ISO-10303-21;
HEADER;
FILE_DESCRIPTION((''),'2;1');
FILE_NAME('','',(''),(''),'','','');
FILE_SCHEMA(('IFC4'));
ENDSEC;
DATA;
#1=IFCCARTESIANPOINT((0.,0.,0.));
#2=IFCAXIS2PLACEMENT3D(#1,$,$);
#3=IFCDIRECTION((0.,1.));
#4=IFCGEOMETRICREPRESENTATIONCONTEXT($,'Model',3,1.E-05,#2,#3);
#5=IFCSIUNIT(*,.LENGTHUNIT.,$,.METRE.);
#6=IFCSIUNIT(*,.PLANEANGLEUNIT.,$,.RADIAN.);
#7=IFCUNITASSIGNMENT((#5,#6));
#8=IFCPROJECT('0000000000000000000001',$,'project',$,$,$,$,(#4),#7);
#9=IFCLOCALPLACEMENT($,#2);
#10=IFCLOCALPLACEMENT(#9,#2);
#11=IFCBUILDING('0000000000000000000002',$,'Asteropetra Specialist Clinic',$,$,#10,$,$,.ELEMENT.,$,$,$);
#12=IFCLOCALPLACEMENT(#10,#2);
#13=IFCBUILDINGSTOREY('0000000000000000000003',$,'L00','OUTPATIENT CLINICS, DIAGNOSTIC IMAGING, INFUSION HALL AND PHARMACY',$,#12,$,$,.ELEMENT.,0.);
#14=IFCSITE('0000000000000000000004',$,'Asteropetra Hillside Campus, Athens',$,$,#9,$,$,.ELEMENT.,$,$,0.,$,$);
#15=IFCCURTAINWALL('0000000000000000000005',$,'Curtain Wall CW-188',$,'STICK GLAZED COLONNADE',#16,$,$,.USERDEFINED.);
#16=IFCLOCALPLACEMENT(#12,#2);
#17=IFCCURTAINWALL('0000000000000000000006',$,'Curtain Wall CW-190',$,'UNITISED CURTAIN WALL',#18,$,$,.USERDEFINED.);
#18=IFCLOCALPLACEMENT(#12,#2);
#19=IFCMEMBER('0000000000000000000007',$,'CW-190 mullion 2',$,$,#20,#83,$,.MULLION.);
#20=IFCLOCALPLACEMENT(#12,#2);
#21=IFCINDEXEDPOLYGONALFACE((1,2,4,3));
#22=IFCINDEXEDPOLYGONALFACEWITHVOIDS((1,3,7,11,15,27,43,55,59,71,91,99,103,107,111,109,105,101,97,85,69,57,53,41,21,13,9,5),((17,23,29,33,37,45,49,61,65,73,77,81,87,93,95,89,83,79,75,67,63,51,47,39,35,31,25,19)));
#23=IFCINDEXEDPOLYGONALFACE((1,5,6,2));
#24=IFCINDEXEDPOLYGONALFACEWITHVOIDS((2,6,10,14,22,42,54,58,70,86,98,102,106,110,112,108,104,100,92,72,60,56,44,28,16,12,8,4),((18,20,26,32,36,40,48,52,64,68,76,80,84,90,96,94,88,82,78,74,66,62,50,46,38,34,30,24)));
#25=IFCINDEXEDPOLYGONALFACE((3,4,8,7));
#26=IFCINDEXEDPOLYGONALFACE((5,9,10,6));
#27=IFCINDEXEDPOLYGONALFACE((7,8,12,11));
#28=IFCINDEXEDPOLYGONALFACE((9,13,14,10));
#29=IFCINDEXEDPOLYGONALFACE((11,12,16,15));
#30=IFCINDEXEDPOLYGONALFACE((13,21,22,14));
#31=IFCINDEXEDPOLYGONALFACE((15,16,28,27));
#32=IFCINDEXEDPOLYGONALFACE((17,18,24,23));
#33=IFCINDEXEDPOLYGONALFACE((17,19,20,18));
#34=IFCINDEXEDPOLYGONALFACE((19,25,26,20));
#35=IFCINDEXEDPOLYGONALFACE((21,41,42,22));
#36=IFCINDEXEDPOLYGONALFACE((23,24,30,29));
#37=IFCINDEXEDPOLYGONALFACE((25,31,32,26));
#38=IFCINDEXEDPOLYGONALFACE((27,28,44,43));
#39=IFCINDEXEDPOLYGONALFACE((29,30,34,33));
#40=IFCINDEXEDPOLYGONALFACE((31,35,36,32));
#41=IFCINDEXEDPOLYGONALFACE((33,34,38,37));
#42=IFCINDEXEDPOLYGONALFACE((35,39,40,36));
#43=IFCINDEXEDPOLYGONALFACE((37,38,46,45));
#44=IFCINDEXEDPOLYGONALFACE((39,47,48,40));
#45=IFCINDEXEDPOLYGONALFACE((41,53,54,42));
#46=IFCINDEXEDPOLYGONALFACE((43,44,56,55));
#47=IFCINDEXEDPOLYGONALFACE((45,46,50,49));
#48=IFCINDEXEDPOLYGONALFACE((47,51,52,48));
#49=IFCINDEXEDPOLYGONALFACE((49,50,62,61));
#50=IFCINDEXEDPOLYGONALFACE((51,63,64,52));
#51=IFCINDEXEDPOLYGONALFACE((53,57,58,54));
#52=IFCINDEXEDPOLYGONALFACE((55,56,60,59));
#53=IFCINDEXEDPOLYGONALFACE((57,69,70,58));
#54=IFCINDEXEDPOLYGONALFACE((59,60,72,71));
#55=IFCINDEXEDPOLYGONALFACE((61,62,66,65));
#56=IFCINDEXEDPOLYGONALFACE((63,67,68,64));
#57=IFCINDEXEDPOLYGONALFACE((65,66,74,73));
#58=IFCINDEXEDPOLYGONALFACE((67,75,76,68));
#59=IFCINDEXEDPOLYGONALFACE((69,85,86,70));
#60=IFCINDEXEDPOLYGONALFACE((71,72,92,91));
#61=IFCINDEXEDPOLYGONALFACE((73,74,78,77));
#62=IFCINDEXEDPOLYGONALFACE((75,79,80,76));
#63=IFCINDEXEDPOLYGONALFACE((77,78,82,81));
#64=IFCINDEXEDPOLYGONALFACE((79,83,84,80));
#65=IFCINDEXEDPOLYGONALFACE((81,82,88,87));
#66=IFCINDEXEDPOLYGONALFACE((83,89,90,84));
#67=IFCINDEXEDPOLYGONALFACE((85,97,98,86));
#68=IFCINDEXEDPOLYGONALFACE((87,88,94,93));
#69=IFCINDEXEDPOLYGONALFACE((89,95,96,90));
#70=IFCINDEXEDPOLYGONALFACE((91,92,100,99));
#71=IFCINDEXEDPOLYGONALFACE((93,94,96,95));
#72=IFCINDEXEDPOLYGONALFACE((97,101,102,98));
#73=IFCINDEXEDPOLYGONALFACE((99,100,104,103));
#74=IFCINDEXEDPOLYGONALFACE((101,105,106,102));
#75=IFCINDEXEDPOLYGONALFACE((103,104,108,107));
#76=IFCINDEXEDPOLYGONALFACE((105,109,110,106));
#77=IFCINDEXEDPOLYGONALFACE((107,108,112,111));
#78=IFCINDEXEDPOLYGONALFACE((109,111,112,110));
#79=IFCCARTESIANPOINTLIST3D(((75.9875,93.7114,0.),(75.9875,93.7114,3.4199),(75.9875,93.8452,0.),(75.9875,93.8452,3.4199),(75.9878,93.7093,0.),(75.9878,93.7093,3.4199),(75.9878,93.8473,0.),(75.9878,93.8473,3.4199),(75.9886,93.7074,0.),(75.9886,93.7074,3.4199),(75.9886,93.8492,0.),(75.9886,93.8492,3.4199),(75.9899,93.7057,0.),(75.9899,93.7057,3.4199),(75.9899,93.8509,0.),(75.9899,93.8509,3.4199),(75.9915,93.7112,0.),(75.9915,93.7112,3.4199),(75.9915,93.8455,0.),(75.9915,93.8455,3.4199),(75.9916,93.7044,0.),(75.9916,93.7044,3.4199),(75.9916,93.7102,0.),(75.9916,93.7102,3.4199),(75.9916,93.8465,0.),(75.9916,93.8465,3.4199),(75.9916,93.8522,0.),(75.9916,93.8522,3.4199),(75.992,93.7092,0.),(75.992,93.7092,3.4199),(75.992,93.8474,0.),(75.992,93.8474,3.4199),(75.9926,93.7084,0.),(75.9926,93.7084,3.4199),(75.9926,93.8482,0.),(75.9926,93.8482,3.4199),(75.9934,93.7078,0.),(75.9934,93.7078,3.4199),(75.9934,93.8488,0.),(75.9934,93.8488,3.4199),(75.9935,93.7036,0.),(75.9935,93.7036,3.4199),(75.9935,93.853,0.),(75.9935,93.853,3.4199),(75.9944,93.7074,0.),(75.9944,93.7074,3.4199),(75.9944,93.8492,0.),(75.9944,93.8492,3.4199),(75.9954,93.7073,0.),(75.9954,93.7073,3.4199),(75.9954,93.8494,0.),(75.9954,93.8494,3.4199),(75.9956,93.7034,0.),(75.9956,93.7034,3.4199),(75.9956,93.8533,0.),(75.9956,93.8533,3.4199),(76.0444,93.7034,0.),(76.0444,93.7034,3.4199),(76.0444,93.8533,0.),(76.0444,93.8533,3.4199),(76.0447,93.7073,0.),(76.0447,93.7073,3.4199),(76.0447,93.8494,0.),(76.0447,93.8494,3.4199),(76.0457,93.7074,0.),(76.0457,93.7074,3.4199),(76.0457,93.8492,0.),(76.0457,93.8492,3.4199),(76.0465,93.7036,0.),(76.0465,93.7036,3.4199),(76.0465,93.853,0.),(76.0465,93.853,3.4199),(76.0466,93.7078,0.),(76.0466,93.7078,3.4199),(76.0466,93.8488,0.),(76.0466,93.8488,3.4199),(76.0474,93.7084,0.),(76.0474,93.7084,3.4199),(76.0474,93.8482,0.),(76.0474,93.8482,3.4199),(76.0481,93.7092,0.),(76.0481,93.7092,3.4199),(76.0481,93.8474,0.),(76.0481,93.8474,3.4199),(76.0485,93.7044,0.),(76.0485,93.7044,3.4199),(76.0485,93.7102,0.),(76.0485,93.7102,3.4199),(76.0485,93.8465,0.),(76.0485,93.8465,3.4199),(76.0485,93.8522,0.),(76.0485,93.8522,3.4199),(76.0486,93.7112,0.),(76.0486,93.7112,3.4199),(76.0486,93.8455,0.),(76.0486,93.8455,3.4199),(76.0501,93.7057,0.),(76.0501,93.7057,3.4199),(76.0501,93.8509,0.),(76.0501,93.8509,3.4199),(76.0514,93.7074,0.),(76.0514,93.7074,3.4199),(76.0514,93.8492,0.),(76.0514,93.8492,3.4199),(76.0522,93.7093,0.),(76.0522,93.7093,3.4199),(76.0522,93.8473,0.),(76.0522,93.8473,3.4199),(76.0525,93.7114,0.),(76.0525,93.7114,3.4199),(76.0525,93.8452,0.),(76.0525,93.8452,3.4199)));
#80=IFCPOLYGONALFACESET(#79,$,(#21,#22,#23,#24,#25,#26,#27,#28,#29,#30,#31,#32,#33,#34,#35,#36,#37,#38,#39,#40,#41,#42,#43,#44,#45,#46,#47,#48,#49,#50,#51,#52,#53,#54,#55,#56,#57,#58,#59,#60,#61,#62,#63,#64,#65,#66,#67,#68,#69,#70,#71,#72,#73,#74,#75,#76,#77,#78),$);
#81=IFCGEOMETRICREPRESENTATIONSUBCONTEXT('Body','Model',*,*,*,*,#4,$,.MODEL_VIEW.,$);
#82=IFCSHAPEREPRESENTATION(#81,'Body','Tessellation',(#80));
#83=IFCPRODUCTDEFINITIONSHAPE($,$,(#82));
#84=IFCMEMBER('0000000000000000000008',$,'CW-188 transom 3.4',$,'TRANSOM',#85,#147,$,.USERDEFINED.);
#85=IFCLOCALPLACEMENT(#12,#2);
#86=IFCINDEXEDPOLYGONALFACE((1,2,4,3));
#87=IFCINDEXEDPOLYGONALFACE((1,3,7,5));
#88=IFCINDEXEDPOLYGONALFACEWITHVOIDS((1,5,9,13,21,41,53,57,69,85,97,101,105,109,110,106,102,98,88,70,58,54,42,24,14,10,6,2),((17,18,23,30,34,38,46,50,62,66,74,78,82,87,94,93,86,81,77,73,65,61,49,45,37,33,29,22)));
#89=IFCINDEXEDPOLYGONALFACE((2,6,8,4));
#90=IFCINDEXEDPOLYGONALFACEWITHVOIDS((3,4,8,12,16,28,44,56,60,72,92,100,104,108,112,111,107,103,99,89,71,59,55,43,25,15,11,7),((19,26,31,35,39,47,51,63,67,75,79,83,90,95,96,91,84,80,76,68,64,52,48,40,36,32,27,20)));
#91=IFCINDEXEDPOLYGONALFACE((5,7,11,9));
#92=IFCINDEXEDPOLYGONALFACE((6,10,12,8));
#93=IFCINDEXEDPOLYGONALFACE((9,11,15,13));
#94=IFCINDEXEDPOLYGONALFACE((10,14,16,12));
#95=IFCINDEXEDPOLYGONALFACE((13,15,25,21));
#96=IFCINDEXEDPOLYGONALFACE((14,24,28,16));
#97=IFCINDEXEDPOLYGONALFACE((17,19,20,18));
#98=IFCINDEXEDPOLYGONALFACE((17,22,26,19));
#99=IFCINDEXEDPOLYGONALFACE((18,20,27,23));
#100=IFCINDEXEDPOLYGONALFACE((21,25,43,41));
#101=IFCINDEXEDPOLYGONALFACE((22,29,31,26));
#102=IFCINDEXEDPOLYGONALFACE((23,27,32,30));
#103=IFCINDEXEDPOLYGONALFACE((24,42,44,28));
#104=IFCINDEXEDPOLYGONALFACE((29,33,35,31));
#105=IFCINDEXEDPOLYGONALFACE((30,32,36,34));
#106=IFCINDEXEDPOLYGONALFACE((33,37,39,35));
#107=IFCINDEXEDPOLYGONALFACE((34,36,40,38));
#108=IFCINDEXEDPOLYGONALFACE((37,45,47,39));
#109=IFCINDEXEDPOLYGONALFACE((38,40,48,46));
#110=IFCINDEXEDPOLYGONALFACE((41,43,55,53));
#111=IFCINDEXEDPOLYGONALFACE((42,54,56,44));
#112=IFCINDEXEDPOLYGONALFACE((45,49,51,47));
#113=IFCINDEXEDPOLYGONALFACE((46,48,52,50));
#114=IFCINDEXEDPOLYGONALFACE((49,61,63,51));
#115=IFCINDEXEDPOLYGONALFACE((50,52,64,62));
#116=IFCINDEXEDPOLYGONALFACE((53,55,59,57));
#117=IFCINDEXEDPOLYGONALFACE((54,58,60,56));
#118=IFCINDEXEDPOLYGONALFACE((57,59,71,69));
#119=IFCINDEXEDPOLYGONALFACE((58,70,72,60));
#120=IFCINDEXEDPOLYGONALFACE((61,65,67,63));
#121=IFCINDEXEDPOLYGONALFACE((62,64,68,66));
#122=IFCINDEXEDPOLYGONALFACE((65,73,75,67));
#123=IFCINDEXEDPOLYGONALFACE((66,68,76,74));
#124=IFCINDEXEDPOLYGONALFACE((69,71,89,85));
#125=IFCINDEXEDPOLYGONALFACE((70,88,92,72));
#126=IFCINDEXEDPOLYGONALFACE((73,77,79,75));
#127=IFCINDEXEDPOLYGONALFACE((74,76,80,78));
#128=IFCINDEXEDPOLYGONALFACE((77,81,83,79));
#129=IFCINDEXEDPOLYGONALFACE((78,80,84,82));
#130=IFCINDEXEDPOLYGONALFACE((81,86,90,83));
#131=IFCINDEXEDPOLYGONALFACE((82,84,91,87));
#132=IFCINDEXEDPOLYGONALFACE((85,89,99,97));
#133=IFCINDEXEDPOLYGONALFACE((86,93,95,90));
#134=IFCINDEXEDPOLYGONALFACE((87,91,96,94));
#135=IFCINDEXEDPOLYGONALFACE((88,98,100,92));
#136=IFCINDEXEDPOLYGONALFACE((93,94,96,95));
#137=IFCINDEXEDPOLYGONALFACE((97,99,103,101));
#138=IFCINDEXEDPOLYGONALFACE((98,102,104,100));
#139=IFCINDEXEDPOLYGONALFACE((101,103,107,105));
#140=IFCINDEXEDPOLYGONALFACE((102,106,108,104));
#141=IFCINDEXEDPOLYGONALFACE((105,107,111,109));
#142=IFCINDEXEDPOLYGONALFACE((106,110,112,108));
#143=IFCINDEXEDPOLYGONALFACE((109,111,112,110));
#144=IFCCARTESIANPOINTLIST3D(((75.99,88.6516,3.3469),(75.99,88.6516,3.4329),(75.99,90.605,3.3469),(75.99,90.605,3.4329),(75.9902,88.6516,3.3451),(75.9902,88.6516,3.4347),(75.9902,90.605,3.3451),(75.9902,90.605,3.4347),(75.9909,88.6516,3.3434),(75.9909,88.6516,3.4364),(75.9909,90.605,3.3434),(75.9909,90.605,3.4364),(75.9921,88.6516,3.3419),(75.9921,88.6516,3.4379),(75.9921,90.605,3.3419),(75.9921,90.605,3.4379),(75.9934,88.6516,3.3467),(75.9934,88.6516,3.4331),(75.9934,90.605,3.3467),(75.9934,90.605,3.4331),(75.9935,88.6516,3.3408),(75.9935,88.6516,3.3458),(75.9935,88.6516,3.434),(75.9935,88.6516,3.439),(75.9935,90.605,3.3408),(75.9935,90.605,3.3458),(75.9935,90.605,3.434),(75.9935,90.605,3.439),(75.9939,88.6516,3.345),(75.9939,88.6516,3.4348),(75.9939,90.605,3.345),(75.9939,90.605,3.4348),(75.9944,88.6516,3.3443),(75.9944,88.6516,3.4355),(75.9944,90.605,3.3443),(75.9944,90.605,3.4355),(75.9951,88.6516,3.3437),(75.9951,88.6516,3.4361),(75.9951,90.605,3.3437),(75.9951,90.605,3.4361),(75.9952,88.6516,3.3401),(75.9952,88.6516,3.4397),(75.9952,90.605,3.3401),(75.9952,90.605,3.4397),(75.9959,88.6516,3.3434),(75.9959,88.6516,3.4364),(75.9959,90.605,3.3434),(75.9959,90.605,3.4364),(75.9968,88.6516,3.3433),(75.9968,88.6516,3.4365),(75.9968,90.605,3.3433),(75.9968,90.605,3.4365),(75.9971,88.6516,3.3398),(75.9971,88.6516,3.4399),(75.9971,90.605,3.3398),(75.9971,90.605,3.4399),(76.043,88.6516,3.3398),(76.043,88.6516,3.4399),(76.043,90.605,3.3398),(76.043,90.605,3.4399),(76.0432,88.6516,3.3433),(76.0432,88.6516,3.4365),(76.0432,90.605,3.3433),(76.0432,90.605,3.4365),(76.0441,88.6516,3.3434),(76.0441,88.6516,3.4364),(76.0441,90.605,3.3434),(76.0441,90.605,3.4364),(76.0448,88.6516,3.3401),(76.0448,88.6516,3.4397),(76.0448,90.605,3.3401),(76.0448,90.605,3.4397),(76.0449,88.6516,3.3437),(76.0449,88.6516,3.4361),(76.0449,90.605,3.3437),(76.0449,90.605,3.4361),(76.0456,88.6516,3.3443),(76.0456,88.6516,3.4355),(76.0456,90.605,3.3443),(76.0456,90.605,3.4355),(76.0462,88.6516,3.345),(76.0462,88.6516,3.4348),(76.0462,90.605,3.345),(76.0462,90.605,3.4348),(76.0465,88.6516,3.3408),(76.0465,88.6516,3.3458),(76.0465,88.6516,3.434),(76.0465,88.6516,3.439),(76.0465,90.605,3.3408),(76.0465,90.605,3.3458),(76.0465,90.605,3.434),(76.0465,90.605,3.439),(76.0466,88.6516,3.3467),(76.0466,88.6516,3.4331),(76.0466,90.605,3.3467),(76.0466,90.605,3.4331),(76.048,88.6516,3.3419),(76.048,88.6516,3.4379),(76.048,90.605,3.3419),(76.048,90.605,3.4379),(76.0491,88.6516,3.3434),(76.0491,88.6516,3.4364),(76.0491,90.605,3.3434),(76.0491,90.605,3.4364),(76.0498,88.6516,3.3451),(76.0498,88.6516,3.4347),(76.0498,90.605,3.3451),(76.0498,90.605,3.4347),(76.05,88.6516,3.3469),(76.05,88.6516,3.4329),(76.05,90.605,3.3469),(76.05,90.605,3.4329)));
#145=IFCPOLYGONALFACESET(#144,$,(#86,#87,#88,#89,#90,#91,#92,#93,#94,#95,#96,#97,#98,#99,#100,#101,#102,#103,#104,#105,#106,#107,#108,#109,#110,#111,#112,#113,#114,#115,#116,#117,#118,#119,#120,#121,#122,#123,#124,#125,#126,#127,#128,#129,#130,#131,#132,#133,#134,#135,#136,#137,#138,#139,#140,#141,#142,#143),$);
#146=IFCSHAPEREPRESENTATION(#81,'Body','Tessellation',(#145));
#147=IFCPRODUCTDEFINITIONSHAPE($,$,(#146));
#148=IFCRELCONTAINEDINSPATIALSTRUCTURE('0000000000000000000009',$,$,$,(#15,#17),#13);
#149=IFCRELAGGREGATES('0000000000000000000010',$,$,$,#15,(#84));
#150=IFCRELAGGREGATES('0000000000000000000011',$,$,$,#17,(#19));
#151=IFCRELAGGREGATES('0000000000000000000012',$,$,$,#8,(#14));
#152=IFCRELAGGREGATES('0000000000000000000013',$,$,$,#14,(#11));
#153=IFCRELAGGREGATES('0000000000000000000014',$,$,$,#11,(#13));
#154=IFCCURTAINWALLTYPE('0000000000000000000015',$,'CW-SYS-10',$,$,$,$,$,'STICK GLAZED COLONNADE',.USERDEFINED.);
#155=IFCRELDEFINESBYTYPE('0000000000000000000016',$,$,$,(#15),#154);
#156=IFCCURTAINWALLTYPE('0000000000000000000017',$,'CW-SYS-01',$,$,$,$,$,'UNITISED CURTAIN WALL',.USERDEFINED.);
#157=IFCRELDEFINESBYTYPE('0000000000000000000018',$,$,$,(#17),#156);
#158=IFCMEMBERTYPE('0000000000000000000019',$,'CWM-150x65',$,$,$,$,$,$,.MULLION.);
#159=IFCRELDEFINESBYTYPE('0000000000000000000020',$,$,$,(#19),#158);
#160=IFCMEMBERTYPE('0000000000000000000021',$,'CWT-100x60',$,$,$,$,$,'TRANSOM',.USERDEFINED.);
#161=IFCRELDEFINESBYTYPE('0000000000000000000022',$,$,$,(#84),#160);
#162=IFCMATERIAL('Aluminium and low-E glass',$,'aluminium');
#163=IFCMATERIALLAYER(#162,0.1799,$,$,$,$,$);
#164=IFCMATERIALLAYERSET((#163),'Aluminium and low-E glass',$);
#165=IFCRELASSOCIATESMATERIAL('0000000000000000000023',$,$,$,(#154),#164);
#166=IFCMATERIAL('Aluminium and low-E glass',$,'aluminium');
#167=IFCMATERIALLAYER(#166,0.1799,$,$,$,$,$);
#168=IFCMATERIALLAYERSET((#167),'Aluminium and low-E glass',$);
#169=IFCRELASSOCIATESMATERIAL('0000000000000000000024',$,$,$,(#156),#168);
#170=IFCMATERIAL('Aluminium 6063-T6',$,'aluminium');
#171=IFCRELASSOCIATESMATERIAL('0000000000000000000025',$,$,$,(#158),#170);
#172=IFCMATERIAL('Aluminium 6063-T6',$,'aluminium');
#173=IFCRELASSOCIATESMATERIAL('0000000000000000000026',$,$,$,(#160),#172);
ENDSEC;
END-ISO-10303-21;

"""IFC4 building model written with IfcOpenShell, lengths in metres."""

from ifc_helpers import new_model, si_unit, direction, frame, origin, origin_2d, place, context, subcontext, project, spatial, hollow_rectangle, extrude, material, layer, layer_set, material_profile, profile_set, type_object, element, aggregate, save


model = new_model("IFC4")

# Units and contexts
model_context = context("Model", 3, precision=1e-05, world=origin(), true_north=direction((0.0, 1.0)))
body_context = subcontext(model_context, "Body", "Model", "MODEL_VIEW")
ifc_project = project(units=[si_unit("LENGTHUNIT", "METRE"), si_unit("PLANEANGLEUNIT", "RADIAN")], contexts=[model_context])

# Site, building, storey
site_placement = place(None, origin())
site = spatial("IfcSite", under=ifc_project, at=site_placement, Name="Asteropetra Hillside Campus, Athens", CompositionType="ELEMENT", RefElevation=0.0)
building_placement = place(site_placement, origin())
building = spatial("IfcBuilding", under=site, at=building_placement, Name="Asteropetra Specialist Clinic", CompositionType="ELEMENT")
storey_placement = place(building_placement, origin())
storey = spatial("IfcBuildingStorey", under=building, at=storey_placement, Name="L00", Description="OUTPATIENT CLINICS, DIAGNOSTIC IMAGING, INFUSION HALL AND PHARMACY", CompositionType="ELEMENT", Elevation=0.0)

# Curtain wall
ifc_material_1 = material(Name="Aluminium and low-E glass", Category="aluminium")
ifc_layer_1 = layer(ifc_material_1, 0.1799)
ifc_layer_set_1 = layer_set([ifc_layer_1], Name="Aluminium and low-E glass")
curtain_wall_type_1 = type_object("IfcCurtainWallType", Name="CW-SYS-10", ElementType="STICK GLAZED COLONNADE", PredefinedType="USERDEFINED", material=ifc_layer_set_1)
curtain_wall_1_placement = place(storey_placement, origin())
curtain_wall_1 = element("IfcCurtainWall", 1, at=curtain_wall_1_placement, inside=storey, type_object=curtain_wall_type_1, Name="Curtain Wall CW-188", ObjectType="STICK GLAZED COLONNADE", PredefinedType="USERDEFINED")

# Curtain wall, member
ifc_material_2 = material(Name="Aluminium and low-E glass", Category="aluminium")
ifc_layer_2 = layer(ifc_material_2, 0.1799)
ifc_layer_set_2 = layer_set([ifc_layer_2], Name="Aluminium and low-E glass")
curtain_wall_type_2 = type_object("IfcCurtainWallType", Name="CW-SYS-01", ElementType="UNITISED CURTAIN WALL", PredefinedType="USERDEFINED", material=ifc_layer_set_2)
curtain_wall_2_placement = place(storey_placement, origin())
curtain_wall_2 = element("IfcCurtainWall", 2, at=curtain_wall_2_placement, inside=storey, type_object=curtain_wall_type_2, Name="Curtain Wall CW-190", ObjectType="UNITISED CURTAIN WALL", PredefinedType="USERDEFINED")
ifc_material_3 = material(Name="Aluminium 6063-T6", Category="aluminium")
ifc_material_profile_1 = material_profile(ifc_material_3, hollow_rectangle(XDim=0.0649, YDim=0.1499, WallThickness=0.0039, InnerFilletRadius=0.0039, OuterFilletRadius=0.0081, at=origin_2d()), Name="MUL 150x65x4.0")
ifc_profile_set_1 = profile_set([ifc_material_profile_1], Name="Aluminium 6063-T6")
member_type_1 = type_object("IfcMemberType", Name="CWM-150x65", PredefinedType="MULLION", material=ifc_profile_set_1)
member_1_placement = place(storey_placement, frame((76.02, 93.7783, 0.0), z_axis=(0.0, 0.0, 1.0), x_axis=(-1.0, 0.0, 0.0)))
member_1 = element("IfcMember", 3, at=member_1_placement, type_object=member_type_1, Name="CW-190 mullion 2", PredefinedType="MULLION", context=body_context, shape_type="SweptSolid", body=[
    extrude(hollow_rectangle(XDim=0.0649, YDim=0.1499, WallThickness=0.0039, InnerFilletRadius=0.0039, OuterFilletRadius=0.0081, at=origin_2d()), origin(), (0.0, 0.0, 1.0), 3.4199),
])

# Member
ifc_material_4 = material(Name="Aluminium 6063-T6", Category="aluminium")
ifc_material_profile_2 = material_profile(ifc_material_4, hollow_rectangle(XDim=0.0601, YDim=0.1001, WallThickness=0.0034, InnerFilletRadius=0.0034, OuterFilletRadius=0.0071, at=origin_2d()), Name="TRN 100x60x3.5")
ifc_profile_set_2 = profile_set([ifc_material_profile_2], Name="Aluminium 6063-T6")
member_type_2 = type_object("IfcMemberType", Name="CWT-100x60", ElementType="TRANSOM", PredefinedType="USERDEFINED", material=ifc_profile_set_2)
member_2_placement = place(storey_placement, frame((76.02, 88.6516, 3.3899), z_axis=(0.0, 1.0, 0.0), x_axis=(-1.0, 0.0, 0.0)))
member_2 = element("IfcMember", 4, at=member_2_placement, type_object=member_type_2, Name="CW-188 transom 3.4", ObjectType="TRANSOM", PredefinedType="USERDEFINED", context=body_context, shape_type="SweptSolid", body=[
    extrude(hollow_rectangle(XDim=0.0601, YDim=0.1001, WallThickness=0.0034, InnerFilletRadius=0.0034, OuterFilletRadius=0.0071, at=origin_2d()), origin(), (0.0, 0.0, 1.0), 1.9534),
])

aggregate(curtain_wall_1, [member_2])
aggregate(curtain_wall_2, [member_1])

save(model, "model.ifc")
